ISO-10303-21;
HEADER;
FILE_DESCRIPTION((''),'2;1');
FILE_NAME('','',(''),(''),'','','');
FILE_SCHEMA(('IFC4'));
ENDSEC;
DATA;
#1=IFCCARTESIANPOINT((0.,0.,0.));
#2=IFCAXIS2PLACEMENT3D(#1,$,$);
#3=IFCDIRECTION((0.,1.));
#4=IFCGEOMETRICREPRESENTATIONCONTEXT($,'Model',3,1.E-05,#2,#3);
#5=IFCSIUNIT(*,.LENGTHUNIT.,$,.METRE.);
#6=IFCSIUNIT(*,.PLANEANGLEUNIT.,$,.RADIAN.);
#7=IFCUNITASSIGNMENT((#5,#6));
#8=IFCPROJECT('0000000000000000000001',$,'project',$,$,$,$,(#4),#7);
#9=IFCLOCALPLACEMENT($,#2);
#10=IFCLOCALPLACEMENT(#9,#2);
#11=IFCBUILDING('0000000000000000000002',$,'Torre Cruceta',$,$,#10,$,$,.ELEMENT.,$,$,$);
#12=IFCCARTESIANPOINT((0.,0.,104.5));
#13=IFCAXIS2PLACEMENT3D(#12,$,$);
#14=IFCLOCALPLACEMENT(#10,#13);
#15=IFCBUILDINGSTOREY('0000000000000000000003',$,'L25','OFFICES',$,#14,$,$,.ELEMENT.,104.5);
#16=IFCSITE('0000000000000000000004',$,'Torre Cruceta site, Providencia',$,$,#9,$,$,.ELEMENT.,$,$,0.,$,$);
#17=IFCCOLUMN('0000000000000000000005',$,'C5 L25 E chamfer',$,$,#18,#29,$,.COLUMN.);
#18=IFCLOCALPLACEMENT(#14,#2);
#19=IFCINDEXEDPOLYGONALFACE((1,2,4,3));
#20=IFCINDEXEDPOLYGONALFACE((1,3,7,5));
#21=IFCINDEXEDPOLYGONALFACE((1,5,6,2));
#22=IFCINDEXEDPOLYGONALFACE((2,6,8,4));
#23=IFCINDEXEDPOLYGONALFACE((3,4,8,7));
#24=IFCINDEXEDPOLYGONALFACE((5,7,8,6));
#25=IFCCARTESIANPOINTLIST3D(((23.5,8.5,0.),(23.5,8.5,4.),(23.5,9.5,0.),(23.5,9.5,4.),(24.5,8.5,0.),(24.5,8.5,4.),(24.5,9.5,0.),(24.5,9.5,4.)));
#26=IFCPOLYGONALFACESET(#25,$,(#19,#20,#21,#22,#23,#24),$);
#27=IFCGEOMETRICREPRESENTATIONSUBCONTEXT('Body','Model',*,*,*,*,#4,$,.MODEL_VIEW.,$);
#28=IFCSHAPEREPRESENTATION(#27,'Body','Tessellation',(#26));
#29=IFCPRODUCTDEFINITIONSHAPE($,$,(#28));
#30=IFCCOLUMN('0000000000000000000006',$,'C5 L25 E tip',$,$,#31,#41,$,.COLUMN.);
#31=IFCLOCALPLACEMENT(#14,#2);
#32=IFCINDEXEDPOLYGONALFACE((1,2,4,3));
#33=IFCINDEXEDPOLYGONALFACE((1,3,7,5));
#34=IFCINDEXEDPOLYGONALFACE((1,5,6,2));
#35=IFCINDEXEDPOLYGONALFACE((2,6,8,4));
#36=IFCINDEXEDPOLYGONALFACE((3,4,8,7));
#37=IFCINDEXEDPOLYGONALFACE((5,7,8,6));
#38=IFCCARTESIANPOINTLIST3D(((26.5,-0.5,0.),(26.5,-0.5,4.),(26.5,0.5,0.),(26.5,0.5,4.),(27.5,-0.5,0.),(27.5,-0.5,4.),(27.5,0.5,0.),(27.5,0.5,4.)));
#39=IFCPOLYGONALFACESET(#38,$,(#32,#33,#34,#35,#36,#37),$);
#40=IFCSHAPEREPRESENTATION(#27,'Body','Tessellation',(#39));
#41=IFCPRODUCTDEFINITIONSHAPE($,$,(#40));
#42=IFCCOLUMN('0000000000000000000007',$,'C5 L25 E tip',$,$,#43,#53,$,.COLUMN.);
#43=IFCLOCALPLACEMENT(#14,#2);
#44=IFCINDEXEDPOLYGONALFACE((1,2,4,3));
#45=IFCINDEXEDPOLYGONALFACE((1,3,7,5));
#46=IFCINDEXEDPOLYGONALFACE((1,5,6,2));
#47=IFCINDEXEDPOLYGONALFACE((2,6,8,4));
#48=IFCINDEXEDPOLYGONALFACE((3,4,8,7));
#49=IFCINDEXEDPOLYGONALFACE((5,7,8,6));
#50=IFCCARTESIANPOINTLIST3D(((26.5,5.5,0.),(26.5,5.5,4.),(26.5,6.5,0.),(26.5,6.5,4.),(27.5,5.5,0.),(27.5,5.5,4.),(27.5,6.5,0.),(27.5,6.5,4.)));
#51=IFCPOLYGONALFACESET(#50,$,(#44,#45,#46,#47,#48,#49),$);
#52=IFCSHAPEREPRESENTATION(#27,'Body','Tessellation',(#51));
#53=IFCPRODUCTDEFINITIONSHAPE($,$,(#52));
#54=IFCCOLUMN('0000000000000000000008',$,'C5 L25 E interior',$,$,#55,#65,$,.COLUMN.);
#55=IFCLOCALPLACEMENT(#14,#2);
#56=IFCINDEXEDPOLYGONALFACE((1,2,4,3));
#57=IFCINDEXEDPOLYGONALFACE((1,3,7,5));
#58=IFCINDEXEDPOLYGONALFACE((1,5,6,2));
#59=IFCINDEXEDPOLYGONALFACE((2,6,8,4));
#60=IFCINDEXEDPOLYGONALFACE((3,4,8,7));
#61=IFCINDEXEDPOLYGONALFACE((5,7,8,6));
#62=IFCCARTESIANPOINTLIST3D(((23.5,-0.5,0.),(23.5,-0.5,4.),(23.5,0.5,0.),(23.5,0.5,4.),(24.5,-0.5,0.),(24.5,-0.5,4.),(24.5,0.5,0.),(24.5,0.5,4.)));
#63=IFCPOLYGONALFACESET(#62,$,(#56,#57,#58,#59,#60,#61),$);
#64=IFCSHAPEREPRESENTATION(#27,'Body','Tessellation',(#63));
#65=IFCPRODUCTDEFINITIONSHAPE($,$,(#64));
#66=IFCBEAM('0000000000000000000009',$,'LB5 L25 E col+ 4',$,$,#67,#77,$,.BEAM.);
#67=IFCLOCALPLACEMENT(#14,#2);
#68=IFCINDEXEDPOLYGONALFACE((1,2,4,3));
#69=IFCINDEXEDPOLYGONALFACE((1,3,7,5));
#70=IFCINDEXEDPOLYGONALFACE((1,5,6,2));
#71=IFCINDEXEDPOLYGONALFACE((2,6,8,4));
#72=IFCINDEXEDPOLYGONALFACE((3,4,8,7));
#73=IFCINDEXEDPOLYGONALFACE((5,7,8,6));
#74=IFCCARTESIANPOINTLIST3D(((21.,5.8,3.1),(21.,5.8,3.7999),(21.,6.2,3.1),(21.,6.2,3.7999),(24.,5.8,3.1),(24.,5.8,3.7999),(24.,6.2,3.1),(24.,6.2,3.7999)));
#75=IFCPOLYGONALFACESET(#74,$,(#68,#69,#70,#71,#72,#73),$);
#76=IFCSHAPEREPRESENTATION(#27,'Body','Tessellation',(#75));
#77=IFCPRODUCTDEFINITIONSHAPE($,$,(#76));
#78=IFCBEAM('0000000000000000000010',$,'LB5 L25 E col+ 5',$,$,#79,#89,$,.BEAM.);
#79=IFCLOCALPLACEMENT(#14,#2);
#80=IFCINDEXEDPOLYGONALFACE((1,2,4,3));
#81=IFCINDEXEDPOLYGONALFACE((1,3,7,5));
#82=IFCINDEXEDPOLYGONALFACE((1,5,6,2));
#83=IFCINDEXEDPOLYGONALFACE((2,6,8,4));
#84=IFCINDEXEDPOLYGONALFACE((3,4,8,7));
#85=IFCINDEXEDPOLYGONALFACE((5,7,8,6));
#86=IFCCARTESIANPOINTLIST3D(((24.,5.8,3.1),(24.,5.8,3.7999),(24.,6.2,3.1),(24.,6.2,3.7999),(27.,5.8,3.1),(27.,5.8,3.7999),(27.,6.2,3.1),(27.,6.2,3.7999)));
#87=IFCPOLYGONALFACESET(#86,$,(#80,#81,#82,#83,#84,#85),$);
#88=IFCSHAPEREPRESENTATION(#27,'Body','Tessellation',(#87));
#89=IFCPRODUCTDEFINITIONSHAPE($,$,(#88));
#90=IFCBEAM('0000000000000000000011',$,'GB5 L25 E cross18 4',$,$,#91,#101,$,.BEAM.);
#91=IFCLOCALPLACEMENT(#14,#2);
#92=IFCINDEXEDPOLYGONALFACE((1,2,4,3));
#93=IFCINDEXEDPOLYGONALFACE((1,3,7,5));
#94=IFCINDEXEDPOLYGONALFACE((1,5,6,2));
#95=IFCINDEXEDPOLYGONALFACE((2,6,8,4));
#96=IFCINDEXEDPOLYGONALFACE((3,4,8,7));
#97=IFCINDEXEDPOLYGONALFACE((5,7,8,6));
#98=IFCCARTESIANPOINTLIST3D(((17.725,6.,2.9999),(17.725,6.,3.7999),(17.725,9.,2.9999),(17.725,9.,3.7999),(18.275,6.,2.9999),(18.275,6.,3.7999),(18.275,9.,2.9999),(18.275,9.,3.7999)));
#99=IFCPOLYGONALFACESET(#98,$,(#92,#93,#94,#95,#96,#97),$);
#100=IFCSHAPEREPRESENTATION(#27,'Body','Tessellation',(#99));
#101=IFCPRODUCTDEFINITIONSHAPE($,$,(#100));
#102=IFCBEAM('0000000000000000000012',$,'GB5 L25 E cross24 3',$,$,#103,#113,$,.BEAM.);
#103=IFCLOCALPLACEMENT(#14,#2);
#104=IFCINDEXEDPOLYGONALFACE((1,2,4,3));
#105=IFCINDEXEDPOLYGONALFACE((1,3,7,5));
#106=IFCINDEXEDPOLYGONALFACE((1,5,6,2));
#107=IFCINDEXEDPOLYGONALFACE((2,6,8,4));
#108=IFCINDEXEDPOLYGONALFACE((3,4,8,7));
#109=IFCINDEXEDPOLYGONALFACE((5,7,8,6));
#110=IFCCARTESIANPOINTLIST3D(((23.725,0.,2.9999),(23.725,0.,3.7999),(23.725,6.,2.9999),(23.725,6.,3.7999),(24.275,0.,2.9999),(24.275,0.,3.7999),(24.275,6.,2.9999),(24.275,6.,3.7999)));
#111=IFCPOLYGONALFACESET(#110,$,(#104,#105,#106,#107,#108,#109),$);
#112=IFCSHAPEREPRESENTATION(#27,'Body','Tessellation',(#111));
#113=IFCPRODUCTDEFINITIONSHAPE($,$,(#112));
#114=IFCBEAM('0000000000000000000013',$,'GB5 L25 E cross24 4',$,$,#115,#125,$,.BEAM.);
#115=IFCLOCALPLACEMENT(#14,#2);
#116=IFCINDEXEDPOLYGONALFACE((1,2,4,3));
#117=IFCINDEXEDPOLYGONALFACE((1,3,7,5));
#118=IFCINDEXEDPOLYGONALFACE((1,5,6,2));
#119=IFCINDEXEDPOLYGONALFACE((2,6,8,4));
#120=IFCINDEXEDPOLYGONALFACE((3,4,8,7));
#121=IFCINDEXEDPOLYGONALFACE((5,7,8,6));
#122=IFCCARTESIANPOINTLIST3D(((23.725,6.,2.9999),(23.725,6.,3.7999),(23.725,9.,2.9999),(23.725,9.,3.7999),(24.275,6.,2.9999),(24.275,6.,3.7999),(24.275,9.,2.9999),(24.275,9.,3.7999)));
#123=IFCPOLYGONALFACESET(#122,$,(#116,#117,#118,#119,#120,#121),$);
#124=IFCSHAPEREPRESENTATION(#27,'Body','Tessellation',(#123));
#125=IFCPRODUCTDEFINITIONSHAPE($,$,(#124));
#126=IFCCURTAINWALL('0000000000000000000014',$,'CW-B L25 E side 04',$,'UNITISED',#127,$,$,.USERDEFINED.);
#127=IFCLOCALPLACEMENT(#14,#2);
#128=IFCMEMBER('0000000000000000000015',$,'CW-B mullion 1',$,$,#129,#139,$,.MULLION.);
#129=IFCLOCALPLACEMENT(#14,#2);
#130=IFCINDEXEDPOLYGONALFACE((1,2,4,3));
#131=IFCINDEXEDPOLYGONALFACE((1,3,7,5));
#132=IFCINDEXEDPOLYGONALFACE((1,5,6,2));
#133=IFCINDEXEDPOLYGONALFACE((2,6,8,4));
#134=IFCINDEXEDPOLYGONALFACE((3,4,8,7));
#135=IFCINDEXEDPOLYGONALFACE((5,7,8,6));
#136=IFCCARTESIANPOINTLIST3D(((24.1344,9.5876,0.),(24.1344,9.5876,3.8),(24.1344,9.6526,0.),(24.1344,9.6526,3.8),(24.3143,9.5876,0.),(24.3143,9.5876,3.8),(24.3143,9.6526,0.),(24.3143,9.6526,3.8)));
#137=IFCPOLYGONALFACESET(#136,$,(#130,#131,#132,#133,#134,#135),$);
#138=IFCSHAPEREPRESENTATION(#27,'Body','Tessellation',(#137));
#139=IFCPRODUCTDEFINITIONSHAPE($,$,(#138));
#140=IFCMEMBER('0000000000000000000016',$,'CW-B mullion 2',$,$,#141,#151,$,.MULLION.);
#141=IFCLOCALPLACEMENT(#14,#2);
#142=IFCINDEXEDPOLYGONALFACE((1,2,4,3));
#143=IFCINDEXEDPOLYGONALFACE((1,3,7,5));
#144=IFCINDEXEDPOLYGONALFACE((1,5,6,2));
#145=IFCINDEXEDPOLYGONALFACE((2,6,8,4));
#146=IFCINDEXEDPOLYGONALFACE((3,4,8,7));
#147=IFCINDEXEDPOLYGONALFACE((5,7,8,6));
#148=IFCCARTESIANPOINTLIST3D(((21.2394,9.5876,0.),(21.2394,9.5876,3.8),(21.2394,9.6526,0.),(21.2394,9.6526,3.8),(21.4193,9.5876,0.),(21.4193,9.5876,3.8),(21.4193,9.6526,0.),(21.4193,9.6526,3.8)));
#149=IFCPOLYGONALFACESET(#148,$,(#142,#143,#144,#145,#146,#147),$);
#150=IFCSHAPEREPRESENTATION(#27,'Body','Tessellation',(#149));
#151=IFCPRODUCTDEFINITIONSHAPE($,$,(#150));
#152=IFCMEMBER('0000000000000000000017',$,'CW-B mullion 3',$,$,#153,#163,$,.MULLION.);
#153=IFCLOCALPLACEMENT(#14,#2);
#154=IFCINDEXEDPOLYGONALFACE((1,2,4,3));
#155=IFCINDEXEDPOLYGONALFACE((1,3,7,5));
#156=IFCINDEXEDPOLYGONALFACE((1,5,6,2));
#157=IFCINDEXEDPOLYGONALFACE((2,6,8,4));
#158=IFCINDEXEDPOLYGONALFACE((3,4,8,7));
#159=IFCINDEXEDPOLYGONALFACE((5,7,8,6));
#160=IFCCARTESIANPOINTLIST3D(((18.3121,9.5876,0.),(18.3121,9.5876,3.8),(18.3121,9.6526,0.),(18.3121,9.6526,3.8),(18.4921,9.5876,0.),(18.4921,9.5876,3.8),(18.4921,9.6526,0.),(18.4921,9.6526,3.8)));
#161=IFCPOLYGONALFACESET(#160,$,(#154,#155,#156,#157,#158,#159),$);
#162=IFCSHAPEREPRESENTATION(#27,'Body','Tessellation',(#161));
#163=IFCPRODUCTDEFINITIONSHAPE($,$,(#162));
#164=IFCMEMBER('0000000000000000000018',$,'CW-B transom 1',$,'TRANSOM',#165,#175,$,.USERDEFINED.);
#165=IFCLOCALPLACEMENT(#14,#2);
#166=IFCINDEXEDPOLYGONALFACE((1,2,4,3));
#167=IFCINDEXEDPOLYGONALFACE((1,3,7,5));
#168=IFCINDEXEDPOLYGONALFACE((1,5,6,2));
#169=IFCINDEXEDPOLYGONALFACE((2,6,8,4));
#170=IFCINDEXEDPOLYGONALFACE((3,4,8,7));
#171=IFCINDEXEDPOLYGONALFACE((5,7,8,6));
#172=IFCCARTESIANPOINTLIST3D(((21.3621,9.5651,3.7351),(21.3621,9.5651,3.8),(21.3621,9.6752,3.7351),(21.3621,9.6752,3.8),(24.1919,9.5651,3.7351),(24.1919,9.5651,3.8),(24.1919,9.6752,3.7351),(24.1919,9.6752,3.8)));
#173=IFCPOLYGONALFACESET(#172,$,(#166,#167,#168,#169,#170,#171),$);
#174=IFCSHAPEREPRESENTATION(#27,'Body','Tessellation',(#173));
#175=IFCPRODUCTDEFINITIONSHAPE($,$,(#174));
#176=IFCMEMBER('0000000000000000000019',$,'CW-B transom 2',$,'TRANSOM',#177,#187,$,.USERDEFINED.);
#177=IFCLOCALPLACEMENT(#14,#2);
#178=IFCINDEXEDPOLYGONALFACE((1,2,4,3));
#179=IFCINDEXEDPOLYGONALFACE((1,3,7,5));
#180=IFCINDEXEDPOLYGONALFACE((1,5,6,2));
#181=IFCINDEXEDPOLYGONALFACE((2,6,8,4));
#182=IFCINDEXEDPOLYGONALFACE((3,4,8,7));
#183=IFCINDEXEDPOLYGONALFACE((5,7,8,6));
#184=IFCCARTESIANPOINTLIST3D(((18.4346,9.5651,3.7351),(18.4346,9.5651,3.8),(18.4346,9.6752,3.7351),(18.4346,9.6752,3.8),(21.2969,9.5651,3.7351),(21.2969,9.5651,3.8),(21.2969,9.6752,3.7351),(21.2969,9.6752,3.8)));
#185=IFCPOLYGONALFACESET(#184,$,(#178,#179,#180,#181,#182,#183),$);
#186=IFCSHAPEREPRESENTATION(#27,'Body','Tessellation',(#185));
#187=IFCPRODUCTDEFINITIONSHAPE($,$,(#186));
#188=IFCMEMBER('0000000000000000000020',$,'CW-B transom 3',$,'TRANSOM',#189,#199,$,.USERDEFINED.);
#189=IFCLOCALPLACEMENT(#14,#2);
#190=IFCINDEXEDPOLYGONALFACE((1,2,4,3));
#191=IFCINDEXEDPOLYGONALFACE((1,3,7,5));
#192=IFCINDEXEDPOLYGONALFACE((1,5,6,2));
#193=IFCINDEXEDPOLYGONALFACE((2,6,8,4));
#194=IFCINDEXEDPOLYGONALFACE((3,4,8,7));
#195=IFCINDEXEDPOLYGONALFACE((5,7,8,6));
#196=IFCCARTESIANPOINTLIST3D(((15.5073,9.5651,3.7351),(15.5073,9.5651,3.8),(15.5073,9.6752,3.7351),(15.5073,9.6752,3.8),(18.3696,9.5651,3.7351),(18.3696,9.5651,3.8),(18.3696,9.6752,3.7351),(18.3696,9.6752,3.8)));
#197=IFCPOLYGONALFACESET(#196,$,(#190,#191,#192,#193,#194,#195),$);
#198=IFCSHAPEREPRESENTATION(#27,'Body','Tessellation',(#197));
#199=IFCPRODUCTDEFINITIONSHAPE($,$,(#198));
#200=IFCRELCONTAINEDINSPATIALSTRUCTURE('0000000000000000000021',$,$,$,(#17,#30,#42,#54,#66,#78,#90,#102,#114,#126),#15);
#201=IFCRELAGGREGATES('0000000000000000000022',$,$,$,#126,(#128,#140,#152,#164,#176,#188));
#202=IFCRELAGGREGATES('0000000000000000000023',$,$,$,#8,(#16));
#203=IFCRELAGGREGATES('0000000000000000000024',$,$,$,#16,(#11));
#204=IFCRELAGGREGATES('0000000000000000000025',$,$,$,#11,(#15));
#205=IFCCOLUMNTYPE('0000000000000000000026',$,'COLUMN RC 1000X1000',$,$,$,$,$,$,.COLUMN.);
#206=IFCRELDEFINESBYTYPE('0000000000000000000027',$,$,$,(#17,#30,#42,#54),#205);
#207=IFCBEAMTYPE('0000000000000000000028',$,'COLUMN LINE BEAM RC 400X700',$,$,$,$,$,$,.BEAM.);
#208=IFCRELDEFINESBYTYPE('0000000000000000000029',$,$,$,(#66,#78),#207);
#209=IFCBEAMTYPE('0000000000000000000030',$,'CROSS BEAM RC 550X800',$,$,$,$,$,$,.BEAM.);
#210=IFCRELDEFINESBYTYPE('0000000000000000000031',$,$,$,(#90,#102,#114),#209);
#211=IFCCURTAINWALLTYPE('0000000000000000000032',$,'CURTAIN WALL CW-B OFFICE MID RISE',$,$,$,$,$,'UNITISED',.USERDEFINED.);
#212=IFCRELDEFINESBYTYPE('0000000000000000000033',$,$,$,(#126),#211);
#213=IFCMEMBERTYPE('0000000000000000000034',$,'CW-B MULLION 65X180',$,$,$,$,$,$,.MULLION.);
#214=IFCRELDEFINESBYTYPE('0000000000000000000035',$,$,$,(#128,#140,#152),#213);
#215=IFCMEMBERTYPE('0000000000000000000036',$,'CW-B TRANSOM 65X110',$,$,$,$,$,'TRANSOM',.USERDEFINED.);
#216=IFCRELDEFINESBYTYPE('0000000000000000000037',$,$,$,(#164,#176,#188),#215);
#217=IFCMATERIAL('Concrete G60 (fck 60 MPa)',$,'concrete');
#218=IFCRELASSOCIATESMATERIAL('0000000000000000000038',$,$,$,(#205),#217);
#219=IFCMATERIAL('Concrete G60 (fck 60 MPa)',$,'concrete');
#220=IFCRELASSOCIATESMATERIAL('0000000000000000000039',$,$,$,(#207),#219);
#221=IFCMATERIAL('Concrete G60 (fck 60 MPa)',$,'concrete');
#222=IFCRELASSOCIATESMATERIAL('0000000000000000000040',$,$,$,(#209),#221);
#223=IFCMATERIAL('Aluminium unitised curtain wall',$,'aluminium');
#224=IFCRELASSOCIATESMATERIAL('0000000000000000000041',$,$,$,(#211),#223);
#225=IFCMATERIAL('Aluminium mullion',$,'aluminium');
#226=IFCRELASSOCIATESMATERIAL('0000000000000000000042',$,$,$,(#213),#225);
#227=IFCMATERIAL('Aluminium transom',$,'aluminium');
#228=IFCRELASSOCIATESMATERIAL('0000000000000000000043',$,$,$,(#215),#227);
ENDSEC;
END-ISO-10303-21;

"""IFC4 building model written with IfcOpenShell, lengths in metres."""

from ifc_helpers import new_model, si_unit, direction, frame, origin, origin_2d, place, context, subcontext, project, spatial, rectangle, extrude, material, material_profile, profile_set, type_object, element, aggregate, save


model = new_model("IFC4")

# Units and contexts
model_context = context("Model", 3, precision=1e-05, world=origin(), true_north=direction((0.0, 1.0)))
body_context = subcontext(model_context, "Body", "Model", "MODEL_VIEW")
ifc_project = project(units=[si_unit("LENGTHUNIT", "METRE"), si_unit("PLANEANGLEUNIT", "RADIAN")], contexts=[model_context])

# Site, building, storey
site_placement = place(None, origin())
site = spatial("IfcSite", under=ifc_project, at=site_placement, Name="Torre Cruceta site, Providencia", CompositionType="ELEMENT", RefElevation=0.0)
building_placement = place(site_placement, origin())
building = spatial("IfcBuilding", under=site, at=building_placement, Name="Torre Cruceta", CompositionType="ELEMENT")
storey_placement = place(building_placement, frame((0.0, 0.0, 104.5)))
storey = spatial("IfcBuildingStorey", under=building, at=storey_placement, Name="L25", Description="OFFICES", CompositionType="ELEMENT", Elevation=104.5)

# Columns
ifc_material_1 = material(Name="Concrete G60 (fck 60 MPa)", Category="concrete")
ifc_material_profile_1 = material_profile(ifc_material_1, rectangle(XDim=1.0, YDim=1.0, at=origin_2d()), Name="RC 1000X1000")
ifc_profile_set_1 = profile_set([ifc_material_profile_1], Name="Concrete G60 (fck 60 MPa)")
column_type = type_object("IfcColumnType", Name="COLUMN RC 1000X1000", PredefinedType="COLUMN", material=ifc_profile_set_1)
for number, where, z_axis, x_axis, name in (
    (1, (24.0, 9.0, 0.0), (0.0, 0.0, 1.0), (1.0, 0.0, 0.0), "C5 L25 E chamfer"),
    (2, (27.0, 0.0, 0.0), (0.0, 0.0, 1.0), (1.0, 0.0, 0.0), "C5 L25 E tip"),
    (3, (27.0, 6.0, 0.0), (0.0, 0.0, 1.0), (1.0, 0.0, 0.0), "C5 L25 E tip"),
    (4, (24.0, 0.0, 0.0), (0.0, 0.0, 1.0), (1.0, 0.0, 0.0), "C5 L25 E interior"),
):
    element("IfcColumn", number, at=place(storey_placement, frame(where, z_axis=z_axis, x_axis=x_axis)), inside=storey, type_object=column_type, Name=name, PredefinedType="COLUMN", context=body_context, shape_type="SweptSolid", body=[
        extrude(rectangle(XDim=1.0, YDim=1.0, at=origin_2d()), origin(), (0.0, 0.0, 1.0), 4.0),
    ])

# Beams
ifc_material_2 = material(Name="Concrete G60 (fck 60 MPa)", Category="concrete")
ifc_material_profile_2 = material_profile(ifc_material_2, rectangle(XDim=0.3999, YDim=0.7, at=origin_2d()), Name="RC 400X700")
ifc_profile_set_2 = profile_set([ifc_material_profile_2], Name="Concrete G60 (fck 60 MPa)")
beam_type_1 = type_object("IfcBeamType", Name="COLUMN LINE BEAM RC 400X700", PredefinedType="BEAM", material=ifc_profile_set_2)
for number, where, z_axis, x_axis, name in (
    (5, (21.0, 6.0, 3.45), (1.0, 0.0, 0.0), (0.0, 1.0, 0.0), "LB5 L25 E col+ 4"),
    (6, (24.0, 6.0, 3.45), (1.0, 0.0, 0.0), (0.0, 1.0, 0.0), "LB5 L25 E col+ 5"),
):
    element("IfcBeam", number, at=place(storey_placement, frame(where, z_axis=z_axis, x_axis=x_axis)), inside=storey, type_object=beam_type_1, Name=name, PredefinedType="BEAM", context=body_context, shape_type="SweptSolid", body=[
        extrude(rectangle(XDim=0.3999, YDim=0.7, at=origin_2d()), origin(), (0.0, 0.0, 1.0), 3.0),
    ])
ifc_material_3 = material(Name="Concrete G60 (fck 60 MPa)", Category="concrete")
ifc_material_profile_3 = material_profile(ifc_material_3, rectangle(XDim=0.55, YDim=0.8, at=origin_2d()), Name="RC 550X800")
ifc_profile_set_3 = profile_set([ifc_material_profile_3], Name="Concrete G60 (fck 60 MPa)")
beam_type_2 = type_object("IfcBeamType", Name="CROSS BEAM RC 550X800", PredefinedType="BEAM", material=ifc_profile_set_3)
beam_1_placement = place(storey_placement, frame((18.0, 6.0, 3.3999), z_axis=(0.0, 1.0, 0.0), x_axis=(-1.0, 0.0, 0.0)))
element("IfcBeam", 7, at=beam_1_placement, inside=storey, type_object=beam_type_2, Name="GB5 L25 E cross18 4", PredefinedType="BEAM", context=body_context, shape_type="SweptSolid", body=[
    extrude(rectangle(XDim=0.55, YDim=0.8, at=origin_2d()), origin(), (0.0, 0.0, 1.0), 3.0),
])
beam_2_placement = place(storey_placement, frame((24.0, 0.0, 3.3999), z_axis=(0.0, 1.0, 0.0), x_axis=(-1.0, 0.0, 0.0)))
element("IfcBeam", 8, at=beam_2_placement, inside=storey, type_object=beam_type_2, Name="GB5 L25 E cross24 3", PredefinedType="BEAM", context=body_context, shape_type="SweptSolid", body=[
    extrude(rectangle(XDim=0.55, YDim=0.8, at=origin_2d()), origin(), (0.0, 0.0, 1.0), 6.0),
])
beam_3_placement = place(storey_placement, frame((24.0, 6.0, 3.3999), z_axis=(0.0, 1.0, 0.0), x_axis=(-1.0, 0.0, 0.0)))
element("IfcBeam", 9, at=beam_3_placement, inside=storey, type_object=beam_type_2, Name="GB5 L25 E cross24 4", PredefinedType="BEAM", context=body_context, shape_type="SweptSolid", body=[
    extrude(rectangle(XDim=0.55, YDim=0.8, at=origin_2d()), origin(), (0.0, 0.0, 1.0), 3.0),
])

# Curtain wall, members
ifc_material_4 = material(Name="Aluminium unitised curtain wall", Category="aluminium")
curtain_wall_type = type_object("IfcCurtainWallType", Name="CURTAIN WALL CW-B OFFICE MID RISE", ElementType="UNITISED", PredefinedType="USERDEFINED", material=ifc_material_4)
curtain_wall_placement = place(storey_placement, origin())
curtain_wall = element("IfcCurtainWall", 10, at=curtain_wall_placement, inside=storey, type_object=curtain_wall_type, Name="CW-B L25 E side 04", ObjectType="UNITISED", PredefinedType="USERDEFINED")
ifc_material_5 = material(Name="Aluminium mullion", Category="aluminium")
ifc_material_profile_4 = material_profile(ifc_material_5, rectangle(XDim=0.0649, YDim=0.1799, at=origin_2d()), Name="AL 65X180")
ifc_profile_set_4 = profile_set([ifc_material_profile_4], Name="Aluminium mullion")
member_type_1 = type_object("IfcMemberType", Name="CW-B MULLION 65X180", PredefinedType="MULLION", material=ifc_profile_set_4)
member_1_placement = place(storey_placement, frame((24.2244, 9.6201, 0.0), z_axis=(0.0, 0.0, 1.0), x_axis=(0.0, -1.0, 0.0)))
member_1 = element("IfcMember", 11, at=member_1_placement, type_object=member_type_1, Name="CW-B mullion 1", PredefinedType="MULLION", context=body_context, shape_type="SweptSolid", body=[
    extrude(rectangle(XDim=0.0649, YDim=0.1799, at=origin_2d()), origin(), (0.0, 0.0, 1.0), 3.8),
])
member_2_placement = place(storey_placement, frame((21.3293, 9.6201, 0.0), z_axis=(0.0, 0.0, 1.0), x_axis=(0.0, -1.0, 0.0)))
member_2 = element("IfcMember", 12, at=member_2_placement, type_object=member_type_1, Name="CW-B mullion 2", PredefinedType="MULLION", context=body_context, shape_type="SweptSolid", body=[
    extrude(rectangle(XDim=0.0649, YDim=0.1799, at=origin_2d()), origin(), (0.0, 0.0, 1.0), 3.8),
])
member_3_placement = place(storey_placement, frame((18.4021, 9.6201, 0.0), z_axis=(0.0, 0.0, 1.0), x_axis=(0.0, -1.0, 0.0)))
member_3 = element("IfcMember", 13, at=member_3_placement, type_object=member_type_1, Name="CW-B mullion 3", PredefinedType="MULLION", context=body_context, shape_type="SweptSolid", body=[
    extrude(rectangle(XDim=0.0649, YDim=0.1799, at=origin_2d()), origin(), (0.0, 0.0, 1.0), 3.8),
])
ifc_material_6 = material(Name="Aluminium transom", Category="aluminium")
ifc_material_profile_5 = material_profile(ifc_material_6, rectangle(XDim=0.1101, YDim=0.0649, at=origin_2d()), Name="AL 110X65")
ifc_profile_set_5 = profile_set([ifc_material_profile_5], Name="Aluminium transom")
member_type_2 = type_object("IfcMemberType", Name="CW-B TRANSOM 65X110", ElementType="TRANSOM", PredefinedType="USERDEFINED", material=ifc_profile_set_5)
member_4_placement = place(storey_placement, frame((24.1919, 9.6201, 3.7676), z_axis=(-1.0, 0.0, 0.0), x_axis=(0.0, -1.0, 0.0)))
member_4 = element("IfcMember", 14, at=member_4_placement, type_object=member_type_2, Name="CW-B transom 1", ObjectType="TRANSOM", PredefinedType="USERDEFINED", context=body_context, shape_type="SweptSolid", body=[
    extrude(rectangle(XDim=0.1101, YDim=0.0649, at=origin_2d()), origin(), (0.0, 0.0, 1.0), 2.8298),
])
member_5_placement = place(storey_placement, frame((21.2969, 9.6201, 3.7676), z_axis=(-1.0, 0.0, 0.0), x_axis=(0.0, -1.0, 0.0)))
member_5 = element("IfcMember", 15, at=member_5_placement, type_object=member_type_2, Name="CW-B transom 2", ObjectType="TRANSOM", PredefinedType="USERDEFINED", context=body_context, shape_type="SweptSolid", body=[
    extrude(rectangle(XDim=0.1101, YDim=0.0649, at=origin_2d()), origin(), (0.0, 0.0, 1.0), 2.8623),
])
member_6_placement = place(storey_placement, frame((18.3696, 9.6201, 3.7676), z_axis=(-1.0, 0.0, 0.0), x_axis=(0.0, -1.0, 0.0)))
member_6 = element("IfcMember", 16, at=member_6_placement, type_object=member_type_2, Name="CW-B transom 3", ObjectType="TRANSOM", PredefinedType="USERDEFINED", context=body_context, shape_type="SweptSolid", body=[
    extrude(rectangle(XDim=0.1101, YDim=0.0649, at=origin_2d()), origin(), (0.0, 0.0, 1.0), 2.8623),
])

aggregate(curtain_wall, [member_1, member_2, member_3, member_4, member_5, member_6])

save(model, "model.ifc")
